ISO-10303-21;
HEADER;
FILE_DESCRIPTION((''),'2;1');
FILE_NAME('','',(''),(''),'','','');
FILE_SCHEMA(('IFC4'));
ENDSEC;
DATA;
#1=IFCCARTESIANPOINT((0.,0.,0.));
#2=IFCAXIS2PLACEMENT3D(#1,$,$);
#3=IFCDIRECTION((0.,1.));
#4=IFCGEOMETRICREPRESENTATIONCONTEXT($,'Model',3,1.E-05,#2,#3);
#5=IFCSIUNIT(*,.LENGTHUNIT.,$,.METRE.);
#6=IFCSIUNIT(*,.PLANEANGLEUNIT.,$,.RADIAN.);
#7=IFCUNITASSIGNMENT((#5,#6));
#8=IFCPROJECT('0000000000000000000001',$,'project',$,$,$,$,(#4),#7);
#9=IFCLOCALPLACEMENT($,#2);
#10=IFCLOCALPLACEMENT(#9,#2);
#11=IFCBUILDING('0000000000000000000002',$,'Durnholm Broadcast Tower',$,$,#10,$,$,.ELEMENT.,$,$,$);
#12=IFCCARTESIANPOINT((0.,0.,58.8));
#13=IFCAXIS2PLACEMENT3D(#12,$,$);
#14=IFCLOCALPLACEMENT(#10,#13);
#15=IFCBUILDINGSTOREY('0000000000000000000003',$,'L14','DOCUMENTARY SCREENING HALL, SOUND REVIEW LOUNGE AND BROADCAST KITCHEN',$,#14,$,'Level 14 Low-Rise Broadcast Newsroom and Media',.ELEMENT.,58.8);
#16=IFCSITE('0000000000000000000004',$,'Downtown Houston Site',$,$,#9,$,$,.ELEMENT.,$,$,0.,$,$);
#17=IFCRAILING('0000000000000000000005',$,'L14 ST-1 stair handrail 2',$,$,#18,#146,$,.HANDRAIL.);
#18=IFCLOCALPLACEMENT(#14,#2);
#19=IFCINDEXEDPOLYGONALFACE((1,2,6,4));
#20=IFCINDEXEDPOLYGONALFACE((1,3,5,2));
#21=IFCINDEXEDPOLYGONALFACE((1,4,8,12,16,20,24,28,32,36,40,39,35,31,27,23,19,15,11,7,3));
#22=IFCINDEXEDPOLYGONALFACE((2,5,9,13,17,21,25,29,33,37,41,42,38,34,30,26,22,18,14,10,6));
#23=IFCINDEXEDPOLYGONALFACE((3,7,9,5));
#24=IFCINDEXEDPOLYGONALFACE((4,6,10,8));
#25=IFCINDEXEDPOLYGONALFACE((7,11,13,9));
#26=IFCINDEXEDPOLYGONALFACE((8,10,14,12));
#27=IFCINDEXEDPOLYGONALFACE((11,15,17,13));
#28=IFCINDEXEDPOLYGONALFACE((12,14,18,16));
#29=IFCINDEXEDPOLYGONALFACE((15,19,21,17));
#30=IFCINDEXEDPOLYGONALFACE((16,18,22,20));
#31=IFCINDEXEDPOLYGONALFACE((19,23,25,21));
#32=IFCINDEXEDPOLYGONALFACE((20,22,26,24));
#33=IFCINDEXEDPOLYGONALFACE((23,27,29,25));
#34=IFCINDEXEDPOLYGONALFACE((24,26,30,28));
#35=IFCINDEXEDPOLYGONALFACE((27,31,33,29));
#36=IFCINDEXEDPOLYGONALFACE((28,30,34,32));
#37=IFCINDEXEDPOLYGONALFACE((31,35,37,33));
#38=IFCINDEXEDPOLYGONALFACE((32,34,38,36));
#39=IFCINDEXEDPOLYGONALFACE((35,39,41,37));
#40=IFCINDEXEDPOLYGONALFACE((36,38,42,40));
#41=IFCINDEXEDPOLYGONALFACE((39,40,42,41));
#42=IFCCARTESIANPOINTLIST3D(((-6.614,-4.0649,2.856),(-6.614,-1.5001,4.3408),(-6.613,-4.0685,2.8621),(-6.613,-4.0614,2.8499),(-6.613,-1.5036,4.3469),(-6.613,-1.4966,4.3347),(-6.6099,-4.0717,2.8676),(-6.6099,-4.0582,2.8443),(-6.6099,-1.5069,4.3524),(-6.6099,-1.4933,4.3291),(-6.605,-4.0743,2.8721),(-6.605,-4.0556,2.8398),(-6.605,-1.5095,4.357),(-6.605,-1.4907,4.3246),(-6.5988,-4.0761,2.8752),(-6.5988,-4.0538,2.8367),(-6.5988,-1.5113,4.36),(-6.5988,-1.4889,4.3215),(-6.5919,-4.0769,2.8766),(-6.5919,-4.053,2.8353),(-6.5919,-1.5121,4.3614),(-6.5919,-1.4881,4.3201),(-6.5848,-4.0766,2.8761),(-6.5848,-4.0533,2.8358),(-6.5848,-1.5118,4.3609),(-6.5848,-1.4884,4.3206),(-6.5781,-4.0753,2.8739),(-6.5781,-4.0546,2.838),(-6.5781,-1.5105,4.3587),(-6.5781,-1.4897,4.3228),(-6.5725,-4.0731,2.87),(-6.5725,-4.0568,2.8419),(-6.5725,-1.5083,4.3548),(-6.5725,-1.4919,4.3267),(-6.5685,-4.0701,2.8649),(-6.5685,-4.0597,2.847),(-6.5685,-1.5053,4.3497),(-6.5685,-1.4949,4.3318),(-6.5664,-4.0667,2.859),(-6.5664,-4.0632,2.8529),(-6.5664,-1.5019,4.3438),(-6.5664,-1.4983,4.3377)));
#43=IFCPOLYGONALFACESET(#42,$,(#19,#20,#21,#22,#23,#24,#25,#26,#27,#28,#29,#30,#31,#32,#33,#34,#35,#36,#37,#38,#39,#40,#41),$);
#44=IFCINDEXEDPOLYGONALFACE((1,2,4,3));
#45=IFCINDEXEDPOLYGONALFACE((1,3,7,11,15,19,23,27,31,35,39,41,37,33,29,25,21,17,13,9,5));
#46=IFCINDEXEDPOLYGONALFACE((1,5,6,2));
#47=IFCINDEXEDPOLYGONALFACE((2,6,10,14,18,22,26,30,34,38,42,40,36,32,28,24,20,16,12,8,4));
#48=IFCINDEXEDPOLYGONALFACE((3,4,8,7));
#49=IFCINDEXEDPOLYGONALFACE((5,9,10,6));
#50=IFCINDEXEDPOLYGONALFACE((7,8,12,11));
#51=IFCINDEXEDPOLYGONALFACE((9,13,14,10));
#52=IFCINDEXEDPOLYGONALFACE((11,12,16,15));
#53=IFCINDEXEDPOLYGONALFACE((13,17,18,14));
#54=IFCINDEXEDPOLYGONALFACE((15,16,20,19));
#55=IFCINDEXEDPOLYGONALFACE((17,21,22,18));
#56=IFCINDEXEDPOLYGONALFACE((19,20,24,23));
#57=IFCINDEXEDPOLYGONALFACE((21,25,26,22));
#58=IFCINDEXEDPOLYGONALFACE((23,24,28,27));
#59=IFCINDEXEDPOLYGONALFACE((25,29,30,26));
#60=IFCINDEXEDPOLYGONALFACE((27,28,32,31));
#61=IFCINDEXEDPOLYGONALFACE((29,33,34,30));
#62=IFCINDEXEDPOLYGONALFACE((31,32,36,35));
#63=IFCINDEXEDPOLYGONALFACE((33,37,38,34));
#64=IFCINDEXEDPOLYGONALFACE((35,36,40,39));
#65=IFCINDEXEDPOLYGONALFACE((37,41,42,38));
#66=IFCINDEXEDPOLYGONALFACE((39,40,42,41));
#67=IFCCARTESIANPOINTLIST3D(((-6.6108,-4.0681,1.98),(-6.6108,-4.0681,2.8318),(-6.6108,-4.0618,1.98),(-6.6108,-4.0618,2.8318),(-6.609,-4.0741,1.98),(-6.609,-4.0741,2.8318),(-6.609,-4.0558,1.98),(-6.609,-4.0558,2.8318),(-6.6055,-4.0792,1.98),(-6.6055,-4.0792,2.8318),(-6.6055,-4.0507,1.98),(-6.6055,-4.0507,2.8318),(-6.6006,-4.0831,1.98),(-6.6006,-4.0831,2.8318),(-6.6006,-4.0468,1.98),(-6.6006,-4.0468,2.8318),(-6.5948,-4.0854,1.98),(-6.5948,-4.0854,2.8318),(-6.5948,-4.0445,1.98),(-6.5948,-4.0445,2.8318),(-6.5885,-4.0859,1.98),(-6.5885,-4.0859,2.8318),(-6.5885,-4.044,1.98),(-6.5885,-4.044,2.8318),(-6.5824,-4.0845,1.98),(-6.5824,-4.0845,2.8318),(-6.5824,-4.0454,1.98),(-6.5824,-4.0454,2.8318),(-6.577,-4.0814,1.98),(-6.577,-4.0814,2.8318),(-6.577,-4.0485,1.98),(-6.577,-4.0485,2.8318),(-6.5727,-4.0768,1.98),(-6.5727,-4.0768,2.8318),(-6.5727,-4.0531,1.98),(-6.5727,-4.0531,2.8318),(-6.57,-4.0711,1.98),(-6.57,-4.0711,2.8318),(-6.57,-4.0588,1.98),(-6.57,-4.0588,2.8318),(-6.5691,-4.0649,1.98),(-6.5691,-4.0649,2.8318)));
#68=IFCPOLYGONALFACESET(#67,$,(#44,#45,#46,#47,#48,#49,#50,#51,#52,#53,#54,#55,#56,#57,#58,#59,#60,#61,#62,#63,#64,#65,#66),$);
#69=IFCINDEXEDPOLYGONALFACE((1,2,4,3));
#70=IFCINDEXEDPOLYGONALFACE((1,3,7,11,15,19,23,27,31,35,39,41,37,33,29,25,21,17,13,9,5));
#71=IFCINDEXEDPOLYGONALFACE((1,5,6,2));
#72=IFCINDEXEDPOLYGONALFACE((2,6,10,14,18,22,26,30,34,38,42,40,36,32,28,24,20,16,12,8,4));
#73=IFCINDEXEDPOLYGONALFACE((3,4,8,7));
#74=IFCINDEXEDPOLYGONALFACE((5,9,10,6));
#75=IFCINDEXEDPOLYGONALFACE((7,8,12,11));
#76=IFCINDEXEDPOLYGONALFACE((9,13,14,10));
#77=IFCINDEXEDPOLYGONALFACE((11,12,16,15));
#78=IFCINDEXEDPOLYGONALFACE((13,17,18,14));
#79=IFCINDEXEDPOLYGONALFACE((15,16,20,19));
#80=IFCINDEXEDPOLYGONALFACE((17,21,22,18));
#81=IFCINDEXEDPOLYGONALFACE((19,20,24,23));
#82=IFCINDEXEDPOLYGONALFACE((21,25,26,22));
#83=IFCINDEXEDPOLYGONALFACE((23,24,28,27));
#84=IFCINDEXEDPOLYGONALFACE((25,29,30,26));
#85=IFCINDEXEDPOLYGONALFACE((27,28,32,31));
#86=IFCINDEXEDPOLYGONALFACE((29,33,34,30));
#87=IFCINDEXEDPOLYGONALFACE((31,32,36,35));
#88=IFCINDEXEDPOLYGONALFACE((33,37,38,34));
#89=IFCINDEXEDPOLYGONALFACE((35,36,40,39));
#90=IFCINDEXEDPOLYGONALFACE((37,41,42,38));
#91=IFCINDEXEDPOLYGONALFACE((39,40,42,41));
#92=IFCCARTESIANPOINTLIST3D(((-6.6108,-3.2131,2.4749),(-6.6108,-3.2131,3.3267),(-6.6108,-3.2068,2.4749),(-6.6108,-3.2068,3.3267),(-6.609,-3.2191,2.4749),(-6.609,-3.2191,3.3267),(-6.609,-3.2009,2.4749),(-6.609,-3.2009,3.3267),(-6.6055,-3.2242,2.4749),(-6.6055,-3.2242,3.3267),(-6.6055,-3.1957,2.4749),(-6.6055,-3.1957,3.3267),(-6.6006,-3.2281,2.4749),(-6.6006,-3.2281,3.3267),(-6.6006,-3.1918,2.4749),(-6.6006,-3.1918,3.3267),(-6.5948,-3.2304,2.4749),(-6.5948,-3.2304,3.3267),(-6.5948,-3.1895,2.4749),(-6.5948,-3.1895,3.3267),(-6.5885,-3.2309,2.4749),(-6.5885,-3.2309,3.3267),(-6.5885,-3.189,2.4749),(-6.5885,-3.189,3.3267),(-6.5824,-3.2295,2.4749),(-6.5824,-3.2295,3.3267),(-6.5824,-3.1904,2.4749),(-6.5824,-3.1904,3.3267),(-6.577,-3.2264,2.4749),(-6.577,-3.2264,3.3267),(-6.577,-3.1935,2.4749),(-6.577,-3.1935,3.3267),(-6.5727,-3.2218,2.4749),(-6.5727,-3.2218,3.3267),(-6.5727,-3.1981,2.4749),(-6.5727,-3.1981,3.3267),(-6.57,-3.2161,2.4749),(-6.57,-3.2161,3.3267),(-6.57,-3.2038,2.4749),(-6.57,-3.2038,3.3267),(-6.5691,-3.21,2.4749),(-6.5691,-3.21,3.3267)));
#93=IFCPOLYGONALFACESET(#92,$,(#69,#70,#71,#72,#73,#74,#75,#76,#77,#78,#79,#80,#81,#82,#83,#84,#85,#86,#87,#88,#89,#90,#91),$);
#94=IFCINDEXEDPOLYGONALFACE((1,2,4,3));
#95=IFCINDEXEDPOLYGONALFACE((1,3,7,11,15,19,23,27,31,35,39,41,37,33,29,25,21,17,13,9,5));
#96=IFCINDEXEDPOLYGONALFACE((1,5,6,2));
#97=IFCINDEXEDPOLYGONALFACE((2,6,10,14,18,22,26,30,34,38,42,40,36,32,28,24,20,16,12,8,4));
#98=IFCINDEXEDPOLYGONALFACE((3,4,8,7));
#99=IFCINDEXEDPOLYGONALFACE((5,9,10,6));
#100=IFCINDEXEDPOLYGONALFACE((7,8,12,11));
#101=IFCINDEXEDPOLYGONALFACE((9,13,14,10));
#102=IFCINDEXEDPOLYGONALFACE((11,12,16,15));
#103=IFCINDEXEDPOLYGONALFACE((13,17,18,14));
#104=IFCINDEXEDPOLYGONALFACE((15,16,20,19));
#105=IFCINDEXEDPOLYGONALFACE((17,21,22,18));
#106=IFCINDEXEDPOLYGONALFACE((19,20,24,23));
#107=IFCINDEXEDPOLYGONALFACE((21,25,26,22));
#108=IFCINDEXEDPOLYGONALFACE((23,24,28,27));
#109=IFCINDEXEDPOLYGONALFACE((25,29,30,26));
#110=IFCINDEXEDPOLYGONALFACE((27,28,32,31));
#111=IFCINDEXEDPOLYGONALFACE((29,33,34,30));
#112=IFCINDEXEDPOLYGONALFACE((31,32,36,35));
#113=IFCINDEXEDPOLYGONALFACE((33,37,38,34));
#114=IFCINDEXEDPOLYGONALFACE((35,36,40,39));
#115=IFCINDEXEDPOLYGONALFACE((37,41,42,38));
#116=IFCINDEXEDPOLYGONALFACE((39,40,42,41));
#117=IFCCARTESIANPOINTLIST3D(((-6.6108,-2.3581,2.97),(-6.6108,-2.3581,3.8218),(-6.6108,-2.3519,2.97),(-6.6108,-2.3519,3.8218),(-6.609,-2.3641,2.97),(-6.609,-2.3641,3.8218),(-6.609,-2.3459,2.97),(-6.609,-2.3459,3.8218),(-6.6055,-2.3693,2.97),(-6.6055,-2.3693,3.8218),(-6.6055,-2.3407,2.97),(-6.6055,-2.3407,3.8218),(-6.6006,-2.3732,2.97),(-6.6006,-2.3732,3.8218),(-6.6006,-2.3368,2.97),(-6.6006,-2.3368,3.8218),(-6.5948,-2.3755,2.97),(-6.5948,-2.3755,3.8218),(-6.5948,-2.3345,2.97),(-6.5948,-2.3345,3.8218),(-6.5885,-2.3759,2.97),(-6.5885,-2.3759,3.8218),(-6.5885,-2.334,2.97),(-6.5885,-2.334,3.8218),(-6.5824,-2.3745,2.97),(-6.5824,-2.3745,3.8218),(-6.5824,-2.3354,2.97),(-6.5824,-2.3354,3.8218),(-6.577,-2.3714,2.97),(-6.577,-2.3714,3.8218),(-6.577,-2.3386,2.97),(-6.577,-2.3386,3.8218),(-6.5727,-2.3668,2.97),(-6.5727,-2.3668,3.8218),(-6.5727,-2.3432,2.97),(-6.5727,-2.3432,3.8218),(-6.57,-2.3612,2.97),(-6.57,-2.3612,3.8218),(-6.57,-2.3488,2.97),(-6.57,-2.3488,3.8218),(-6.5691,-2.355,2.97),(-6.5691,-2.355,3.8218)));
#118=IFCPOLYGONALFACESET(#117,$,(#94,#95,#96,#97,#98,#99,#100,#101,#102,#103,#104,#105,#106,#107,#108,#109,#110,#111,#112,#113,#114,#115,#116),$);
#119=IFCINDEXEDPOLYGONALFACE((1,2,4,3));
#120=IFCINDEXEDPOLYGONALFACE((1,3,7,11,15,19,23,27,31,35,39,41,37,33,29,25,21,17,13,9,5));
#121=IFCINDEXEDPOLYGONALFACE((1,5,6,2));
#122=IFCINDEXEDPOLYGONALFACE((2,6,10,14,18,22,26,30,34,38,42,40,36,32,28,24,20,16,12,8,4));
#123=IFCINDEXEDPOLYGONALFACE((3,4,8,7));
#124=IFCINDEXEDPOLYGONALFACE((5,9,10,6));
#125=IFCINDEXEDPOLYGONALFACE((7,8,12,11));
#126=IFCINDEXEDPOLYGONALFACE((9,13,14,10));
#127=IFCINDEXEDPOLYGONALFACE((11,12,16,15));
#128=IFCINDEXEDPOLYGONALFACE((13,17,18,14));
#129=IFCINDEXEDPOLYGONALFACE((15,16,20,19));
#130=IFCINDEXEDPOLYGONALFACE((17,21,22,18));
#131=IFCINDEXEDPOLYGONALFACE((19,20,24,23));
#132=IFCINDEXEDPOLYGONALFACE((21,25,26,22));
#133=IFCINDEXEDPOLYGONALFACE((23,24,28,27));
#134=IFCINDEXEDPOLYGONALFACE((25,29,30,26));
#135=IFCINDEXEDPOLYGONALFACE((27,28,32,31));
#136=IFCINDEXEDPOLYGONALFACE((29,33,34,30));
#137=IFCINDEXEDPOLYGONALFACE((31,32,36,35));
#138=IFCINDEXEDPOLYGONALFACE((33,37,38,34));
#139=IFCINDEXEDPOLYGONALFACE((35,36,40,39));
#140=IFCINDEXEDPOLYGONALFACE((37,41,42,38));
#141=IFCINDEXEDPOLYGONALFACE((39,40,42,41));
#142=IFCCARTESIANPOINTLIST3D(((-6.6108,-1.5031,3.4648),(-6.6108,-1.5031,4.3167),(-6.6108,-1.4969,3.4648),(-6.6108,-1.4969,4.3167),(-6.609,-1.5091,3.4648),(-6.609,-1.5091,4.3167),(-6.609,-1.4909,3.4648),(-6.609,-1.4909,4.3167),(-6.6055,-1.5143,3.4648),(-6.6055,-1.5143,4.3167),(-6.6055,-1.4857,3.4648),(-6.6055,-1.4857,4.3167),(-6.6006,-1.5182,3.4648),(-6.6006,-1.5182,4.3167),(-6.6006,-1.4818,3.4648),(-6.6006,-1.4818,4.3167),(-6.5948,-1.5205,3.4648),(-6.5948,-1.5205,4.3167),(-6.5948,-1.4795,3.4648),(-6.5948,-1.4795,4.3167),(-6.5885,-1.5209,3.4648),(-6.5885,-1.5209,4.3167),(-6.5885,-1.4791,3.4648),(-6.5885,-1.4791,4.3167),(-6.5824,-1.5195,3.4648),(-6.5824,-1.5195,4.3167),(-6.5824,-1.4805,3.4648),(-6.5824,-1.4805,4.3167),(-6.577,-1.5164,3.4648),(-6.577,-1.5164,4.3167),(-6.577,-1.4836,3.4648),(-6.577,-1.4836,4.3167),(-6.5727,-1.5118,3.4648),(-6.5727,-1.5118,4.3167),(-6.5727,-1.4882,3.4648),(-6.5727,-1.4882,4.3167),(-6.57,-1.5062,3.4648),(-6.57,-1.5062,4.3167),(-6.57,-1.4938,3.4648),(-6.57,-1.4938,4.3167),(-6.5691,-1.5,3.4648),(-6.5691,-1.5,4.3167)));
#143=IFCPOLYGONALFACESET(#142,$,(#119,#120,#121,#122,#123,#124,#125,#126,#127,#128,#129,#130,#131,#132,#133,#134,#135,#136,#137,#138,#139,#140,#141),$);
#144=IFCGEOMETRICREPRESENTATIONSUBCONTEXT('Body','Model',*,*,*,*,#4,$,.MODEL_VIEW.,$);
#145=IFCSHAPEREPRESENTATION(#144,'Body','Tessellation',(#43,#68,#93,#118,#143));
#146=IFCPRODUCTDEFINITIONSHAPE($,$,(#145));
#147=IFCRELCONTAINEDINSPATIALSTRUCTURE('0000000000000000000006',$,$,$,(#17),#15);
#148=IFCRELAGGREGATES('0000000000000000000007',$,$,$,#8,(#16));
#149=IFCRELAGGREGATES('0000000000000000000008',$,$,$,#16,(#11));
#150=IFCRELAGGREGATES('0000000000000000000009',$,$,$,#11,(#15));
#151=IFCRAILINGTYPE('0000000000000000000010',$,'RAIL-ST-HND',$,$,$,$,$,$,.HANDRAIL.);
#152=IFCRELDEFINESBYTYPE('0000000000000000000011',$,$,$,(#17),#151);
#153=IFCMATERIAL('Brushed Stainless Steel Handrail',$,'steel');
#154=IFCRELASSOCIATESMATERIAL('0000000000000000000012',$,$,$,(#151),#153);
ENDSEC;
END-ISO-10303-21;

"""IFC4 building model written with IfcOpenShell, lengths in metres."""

from ifc_helpers import new_model, si_unit, direction, frame, origin, origin_2d, place, context, subcontext, project, spatial, circle, extrude, material, type_object, element, save


model = new_model("IFC4")

# Units and contexts
model_context = context("Model", 3, precision=1e-05, world=origin(), true_north=direction((0.0, 1.0)))
body_context = subcontext(model_context, "Body", "Model", "MODEL_VIEW")
ifc_project = project(units=[si_unit("LENGTHUNIT", "METRE"), si_unit("PLANEANGLEUNIT", "RADIAN")], contexts=[model_context])

# Site, building, storey
site_placement = place(None, origin())
site = spatial("IfcSite", under=ifc_project, at=site_placement, Name="Downtown Houston Site", CompositionType="ELEMENT", RefElevation=0.0)
building_placement = place(site_placement, origin())
building = spatial("IfcBuilding", under=site, at=building_placement, Name="Durnholm Broadcast Tower", CompositionType="ELEMENT")
storey_placement = place(building_placement, frame((0.0, 0.0, 58.8)))
storey = spatial("IfcBuildingStorey", under=building, at=storey_placement, Name="L14", Description="DOCUMENTARY SCREENING HALL, SOUND REVIEW LOUNGE AND BROADCAST KITCHEN", LongName="Level 14 Low-Rise Broadcast Newsroom and Media", CompositionType="ELEMENT", Elevation=58.8)

# Railing
ifc_material_1 = material(Name="Brushed Stainless Steel Handrail", Category="steel")
railing_type_1 = type_object("IfcRailingType", Name="RAIL-ST-HND", PredefinedType="HANDRAIL", material=ifc_material_1)
railing_1_placement = place(storey_placement, frame((-6.5901, -4.0649, 1.98)))
element("IfcRailing", 1, at=railing_1_placement, inside=storey, type_object=railing_type_1, Name="L14 ST-1 stair handrail 2", PredefinedType="HANDRAIL", context=body_context, shape_type="SweptSolid", body=[
    extrude(circle(Radius=0.0239, at=origin_2d()), frame((0.0, 0.0, 0.876), z_axis=(0.0, 0.865441, 0.50101), x_axis=(-1.0, 0.0, 0.0)), (0.0, 0.0, 1.0), 2.9636),
    extrude(circle(Radius=0.021, at=origin_2d()), origin(), (0.0, 0.0, 1.0), 0.8518),
    extrude(circle(Radius=0.021, at=origin_2d()), frame((0.0, 0.855, 0.4949)), (0.0, 0.0, 1.0), 0.8518),
    extrude(circle(Radius=0.021, at=origin_2d()), frame((0.0, 1.71, 0.99)), (0.0, 0.0, 1.0), 0.8518),
    extrude(circle(Radius=0.021, at=origin_2d()), frame((0.0, 2.5649, 1.4849)), (0.0, 0.0, 1.0), 0.8518),
])

save(model, "model.ifc")
